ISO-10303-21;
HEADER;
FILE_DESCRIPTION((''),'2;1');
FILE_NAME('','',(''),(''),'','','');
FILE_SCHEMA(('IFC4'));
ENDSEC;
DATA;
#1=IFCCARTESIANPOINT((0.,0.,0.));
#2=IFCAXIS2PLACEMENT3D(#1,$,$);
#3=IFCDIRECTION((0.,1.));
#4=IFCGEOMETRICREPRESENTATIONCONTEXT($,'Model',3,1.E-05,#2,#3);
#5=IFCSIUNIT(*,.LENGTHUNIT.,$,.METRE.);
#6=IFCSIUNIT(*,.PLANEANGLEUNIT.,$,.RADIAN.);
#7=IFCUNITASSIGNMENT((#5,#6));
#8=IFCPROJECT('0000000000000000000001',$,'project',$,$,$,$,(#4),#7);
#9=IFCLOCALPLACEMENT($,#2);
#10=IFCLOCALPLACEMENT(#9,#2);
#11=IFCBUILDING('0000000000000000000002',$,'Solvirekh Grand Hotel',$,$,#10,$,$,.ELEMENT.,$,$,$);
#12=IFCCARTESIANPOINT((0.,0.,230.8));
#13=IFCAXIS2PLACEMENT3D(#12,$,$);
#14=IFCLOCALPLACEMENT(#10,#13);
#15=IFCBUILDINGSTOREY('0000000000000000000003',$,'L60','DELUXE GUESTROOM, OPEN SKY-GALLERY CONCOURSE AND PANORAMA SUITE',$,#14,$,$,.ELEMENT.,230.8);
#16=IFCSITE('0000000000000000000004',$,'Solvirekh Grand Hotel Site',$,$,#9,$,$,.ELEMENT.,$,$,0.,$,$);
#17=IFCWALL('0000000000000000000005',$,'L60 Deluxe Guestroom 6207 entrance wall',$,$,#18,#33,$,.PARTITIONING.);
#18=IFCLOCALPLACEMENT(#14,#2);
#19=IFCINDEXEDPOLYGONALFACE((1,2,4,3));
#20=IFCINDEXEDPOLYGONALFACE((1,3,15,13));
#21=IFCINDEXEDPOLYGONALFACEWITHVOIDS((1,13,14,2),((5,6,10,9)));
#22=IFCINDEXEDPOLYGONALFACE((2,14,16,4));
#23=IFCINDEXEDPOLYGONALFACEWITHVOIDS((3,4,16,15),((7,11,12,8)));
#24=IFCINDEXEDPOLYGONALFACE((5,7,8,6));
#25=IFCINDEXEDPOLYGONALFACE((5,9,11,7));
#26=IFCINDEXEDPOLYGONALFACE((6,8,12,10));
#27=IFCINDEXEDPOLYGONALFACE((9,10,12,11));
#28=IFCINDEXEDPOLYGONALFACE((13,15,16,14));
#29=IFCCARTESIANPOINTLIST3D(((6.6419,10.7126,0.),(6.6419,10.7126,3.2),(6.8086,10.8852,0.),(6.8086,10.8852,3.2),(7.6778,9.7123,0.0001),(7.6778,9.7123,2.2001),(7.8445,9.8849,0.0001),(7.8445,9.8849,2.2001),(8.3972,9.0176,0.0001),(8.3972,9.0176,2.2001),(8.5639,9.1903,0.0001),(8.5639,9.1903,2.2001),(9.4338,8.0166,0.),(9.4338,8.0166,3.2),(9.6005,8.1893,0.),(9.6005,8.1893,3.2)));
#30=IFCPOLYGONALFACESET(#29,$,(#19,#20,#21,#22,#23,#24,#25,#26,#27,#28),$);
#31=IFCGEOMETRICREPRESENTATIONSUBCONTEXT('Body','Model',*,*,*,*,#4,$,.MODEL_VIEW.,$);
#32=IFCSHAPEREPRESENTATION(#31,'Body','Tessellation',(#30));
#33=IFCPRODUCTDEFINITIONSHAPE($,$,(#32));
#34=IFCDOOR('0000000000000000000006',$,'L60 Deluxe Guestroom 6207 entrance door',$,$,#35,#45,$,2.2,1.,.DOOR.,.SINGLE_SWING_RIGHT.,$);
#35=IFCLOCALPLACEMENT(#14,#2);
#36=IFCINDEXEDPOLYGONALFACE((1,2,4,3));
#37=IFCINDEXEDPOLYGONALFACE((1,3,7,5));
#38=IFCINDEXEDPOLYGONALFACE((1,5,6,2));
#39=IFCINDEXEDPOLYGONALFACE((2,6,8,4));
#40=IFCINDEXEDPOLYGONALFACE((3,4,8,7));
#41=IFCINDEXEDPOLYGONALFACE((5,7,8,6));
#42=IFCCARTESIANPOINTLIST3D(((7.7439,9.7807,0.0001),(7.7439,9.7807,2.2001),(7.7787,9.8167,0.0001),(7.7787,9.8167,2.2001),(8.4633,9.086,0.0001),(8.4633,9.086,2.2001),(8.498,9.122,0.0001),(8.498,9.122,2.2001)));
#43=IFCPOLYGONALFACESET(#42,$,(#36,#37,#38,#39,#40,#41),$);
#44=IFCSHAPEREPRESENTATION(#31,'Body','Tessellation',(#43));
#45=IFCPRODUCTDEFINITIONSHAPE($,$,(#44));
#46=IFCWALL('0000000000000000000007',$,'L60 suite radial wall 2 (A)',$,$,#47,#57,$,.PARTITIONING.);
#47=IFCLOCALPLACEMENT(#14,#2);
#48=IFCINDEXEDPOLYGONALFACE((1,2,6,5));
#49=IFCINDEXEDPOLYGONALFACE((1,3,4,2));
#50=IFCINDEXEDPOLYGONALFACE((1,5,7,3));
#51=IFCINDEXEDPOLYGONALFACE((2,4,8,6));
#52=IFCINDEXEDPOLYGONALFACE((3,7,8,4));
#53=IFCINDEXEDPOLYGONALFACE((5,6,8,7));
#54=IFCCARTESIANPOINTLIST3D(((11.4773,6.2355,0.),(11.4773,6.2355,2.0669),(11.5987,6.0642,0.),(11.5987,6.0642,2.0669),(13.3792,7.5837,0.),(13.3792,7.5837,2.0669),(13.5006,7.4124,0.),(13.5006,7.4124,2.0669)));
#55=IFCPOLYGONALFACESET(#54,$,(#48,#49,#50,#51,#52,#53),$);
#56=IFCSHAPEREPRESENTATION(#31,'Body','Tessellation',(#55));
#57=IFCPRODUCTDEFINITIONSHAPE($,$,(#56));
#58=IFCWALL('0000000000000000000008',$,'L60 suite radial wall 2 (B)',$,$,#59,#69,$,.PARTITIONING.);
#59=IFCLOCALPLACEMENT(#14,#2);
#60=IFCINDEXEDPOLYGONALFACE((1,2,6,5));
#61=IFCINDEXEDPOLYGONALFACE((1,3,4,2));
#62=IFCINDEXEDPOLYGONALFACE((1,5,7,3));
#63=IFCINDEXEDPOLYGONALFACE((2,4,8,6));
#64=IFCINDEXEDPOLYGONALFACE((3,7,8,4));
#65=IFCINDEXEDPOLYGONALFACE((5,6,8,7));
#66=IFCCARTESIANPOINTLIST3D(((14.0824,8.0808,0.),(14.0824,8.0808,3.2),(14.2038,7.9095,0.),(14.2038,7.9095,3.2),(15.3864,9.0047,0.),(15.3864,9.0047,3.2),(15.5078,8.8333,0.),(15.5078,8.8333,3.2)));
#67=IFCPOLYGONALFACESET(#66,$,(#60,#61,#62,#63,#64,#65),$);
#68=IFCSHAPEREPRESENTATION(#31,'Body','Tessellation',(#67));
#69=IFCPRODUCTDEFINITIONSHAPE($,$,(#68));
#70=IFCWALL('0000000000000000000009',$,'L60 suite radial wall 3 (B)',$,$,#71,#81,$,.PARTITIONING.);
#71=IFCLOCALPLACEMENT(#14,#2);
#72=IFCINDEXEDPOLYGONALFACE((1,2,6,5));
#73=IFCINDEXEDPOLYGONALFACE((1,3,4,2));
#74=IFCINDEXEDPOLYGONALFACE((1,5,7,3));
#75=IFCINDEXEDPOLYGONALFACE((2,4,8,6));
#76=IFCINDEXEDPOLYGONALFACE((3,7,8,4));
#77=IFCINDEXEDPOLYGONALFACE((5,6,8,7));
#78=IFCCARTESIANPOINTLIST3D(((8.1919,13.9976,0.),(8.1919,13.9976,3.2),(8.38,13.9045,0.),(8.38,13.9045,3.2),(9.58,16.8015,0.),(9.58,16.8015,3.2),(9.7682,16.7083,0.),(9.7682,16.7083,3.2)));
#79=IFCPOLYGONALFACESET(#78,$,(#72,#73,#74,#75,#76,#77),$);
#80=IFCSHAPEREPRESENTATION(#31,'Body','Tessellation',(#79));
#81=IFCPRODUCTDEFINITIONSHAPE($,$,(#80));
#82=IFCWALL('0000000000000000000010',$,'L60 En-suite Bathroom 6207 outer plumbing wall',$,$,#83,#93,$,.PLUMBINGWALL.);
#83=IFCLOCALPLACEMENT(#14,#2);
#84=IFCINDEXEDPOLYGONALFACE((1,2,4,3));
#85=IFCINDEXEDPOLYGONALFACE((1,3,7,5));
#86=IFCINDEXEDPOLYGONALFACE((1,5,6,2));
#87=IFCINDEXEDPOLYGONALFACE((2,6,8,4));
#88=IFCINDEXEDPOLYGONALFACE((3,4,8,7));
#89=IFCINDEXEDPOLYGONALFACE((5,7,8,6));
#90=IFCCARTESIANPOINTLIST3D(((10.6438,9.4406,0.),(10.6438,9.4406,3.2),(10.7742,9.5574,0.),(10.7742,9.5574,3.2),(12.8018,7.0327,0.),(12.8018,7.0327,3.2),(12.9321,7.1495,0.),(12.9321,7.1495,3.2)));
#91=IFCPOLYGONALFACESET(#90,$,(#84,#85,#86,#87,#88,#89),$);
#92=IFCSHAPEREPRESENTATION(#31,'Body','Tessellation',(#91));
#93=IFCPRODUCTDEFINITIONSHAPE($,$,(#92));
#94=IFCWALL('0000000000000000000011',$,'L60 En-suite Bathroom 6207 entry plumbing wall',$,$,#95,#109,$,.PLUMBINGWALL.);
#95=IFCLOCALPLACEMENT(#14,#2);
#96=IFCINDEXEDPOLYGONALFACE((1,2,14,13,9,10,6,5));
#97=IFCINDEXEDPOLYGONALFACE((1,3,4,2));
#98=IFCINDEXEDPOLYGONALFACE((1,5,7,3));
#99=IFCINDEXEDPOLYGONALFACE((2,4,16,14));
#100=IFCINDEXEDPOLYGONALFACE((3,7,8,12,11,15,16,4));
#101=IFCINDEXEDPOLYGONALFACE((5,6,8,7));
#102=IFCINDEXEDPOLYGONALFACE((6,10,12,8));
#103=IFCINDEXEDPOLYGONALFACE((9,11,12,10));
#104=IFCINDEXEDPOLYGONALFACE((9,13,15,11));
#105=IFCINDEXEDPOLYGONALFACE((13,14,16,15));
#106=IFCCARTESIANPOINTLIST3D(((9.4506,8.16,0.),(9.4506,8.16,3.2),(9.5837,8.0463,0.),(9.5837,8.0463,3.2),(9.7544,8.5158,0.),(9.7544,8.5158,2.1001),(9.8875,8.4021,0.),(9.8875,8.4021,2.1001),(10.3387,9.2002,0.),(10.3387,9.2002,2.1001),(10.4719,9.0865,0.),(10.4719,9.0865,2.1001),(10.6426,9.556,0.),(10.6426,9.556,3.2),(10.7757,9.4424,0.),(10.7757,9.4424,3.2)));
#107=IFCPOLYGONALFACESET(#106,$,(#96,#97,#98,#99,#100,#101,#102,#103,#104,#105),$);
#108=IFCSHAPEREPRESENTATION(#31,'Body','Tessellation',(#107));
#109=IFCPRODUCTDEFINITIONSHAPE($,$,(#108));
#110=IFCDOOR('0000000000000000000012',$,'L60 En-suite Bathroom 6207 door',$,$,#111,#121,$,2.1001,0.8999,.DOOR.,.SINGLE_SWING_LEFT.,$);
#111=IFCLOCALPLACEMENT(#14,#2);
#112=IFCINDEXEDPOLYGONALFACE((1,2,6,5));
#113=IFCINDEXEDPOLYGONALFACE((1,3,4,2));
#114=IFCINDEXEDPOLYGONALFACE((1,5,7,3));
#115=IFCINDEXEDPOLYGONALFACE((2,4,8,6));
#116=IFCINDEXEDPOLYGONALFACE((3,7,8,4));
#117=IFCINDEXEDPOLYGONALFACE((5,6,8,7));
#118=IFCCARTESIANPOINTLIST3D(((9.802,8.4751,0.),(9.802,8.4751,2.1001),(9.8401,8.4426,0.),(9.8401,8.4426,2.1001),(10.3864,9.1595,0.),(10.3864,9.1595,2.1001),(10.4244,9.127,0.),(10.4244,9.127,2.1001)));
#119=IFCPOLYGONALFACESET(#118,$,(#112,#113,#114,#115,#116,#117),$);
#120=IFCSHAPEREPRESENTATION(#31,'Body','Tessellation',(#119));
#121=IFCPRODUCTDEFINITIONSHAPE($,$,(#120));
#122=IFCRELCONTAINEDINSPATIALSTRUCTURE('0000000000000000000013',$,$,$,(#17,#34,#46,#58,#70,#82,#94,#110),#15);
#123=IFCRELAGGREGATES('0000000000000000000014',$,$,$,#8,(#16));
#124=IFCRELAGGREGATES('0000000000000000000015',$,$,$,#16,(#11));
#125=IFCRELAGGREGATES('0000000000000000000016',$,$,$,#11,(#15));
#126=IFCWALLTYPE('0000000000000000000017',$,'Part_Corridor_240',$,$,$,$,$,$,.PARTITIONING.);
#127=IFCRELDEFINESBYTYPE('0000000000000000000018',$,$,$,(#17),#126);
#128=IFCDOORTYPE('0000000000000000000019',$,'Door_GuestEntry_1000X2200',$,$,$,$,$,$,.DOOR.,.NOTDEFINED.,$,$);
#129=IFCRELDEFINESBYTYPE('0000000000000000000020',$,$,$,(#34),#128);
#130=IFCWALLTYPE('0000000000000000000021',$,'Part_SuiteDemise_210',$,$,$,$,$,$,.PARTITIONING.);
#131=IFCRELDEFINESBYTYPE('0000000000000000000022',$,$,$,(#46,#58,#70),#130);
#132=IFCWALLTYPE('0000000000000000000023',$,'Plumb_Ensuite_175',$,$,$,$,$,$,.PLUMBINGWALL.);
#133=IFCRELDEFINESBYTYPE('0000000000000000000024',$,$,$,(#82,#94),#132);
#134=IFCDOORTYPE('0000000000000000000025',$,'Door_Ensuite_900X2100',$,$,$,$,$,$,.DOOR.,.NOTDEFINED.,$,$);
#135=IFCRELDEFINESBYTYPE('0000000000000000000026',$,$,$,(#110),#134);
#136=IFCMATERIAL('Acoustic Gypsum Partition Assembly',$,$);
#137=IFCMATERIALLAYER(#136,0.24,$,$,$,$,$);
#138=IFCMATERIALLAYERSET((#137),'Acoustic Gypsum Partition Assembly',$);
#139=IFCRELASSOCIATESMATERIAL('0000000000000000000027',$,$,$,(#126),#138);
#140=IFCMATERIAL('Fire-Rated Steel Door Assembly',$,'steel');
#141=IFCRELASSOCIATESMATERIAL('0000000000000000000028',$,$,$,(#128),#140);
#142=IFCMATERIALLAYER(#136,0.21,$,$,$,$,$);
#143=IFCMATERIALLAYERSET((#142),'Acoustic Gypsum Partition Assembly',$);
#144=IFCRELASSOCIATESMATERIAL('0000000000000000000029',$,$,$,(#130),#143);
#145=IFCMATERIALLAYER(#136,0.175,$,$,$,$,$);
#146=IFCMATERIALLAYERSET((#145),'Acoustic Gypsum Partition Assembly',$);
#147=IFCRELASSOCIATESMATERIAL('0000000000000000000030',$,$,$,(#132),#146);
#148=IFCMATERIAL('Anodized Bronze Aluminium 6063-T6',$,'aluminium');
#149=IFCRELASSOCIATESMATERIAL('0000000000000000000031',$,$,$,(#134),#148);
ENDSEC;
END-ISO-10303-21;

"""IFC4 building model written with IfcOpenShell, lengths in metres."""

from ifc_helpers import new_model, si_unit, direction, frame, frame_2d, origin, place, context, subcontext, project, spatial, rectangle, extrude, material, layer, layer_set, type_object, element, fill, save


model = new_model("IFC4")

# Units and contexts
model_context = context("Model", 3, precision=1e-05, world=origin(), true_north=direction((0.0, 1.0)))
body_context = subcontext(model_context, "Body", "Model", "MODEL_VIEW")
ifc_project = project(units=[si_unit("LENGTHUNIT", "METRE"), si_unit("PLANEANGLEUNIT", "RADIAN")], contexts=[model_context])

# Site, building, storey
site_placement = place(None, origin())
site = spatial("IfcSite", under=ifc_project, at=site_placement, Name="Solvirekh Grand Hotel Site", CompositionType="ELEMENT", RefElevation=0.0)
building_placement = place(site_placement, origin())
building = spatial("IfcBuilding", under=site, at=building_placement, Name="Solvirekh Grand Hotel", CompositionType="ELEMENT")
storey_placement = place(building_placement, frame((0.0, 0.0, 230.8)))
storey = spatial("IfcBuildingStorey", under=building, at=storey_placement, Name="L60", Description="DELUXE GUESTROOM, OPEN SKY-GALLERY CONCOURSE AND PANORAMA SUITE", CompositionType="ELEMENT", Elevation=230.8)

# Shared definitions
ifc_material_1 = material(Name="Anodized Bronze Aluminium 6063-T6", Category="aluminium")

# Shared definitions
ifc_material_2 = material(Name="Acoustic Gypsum Partition Assembly")
ifc_layer_1 = layer(ifc_material_2, 0.24)
ifc_layer_set_1 = layer_set([ifc_layer_1], Name="Acoustic Gypsum Partition Assembly")
wall_type_1 = type_object("IfcWallType", Name="Part_Corridor_240", PredefinedType="PARTITIONING", material=ifc_layer_set_1)

# Wall, opening, door
wall_1_placement = place(storey_placement, frame((9.5171, 8.103, 0.0), z_axis=(0.0, 0.0, 1.0), x_axis=(-0.719359, 0.694638, 0.0)))
wall_1 = element("IfcWall", 1, at=wall_1_placement, inside=storey, type_object=wall_type_1, Name="L60 Deluxe Guestroom 6207 entrance wall", PredefinedType="PARTITIONING", context=body_context, shape_type="SweptSolid", body=[
    extrude(rectangle(XDim=3.8811, YDim=0.24, at=frame_2d((1.9404, 0.0))), origin(), (0.0, 0.0, 1.0), 3.2),
])
opening_1_placement = place(wall_1_placement, frame((1.4409, 0.0, 0.0)))
opening_1 = element("IfcOpeningElement", 2, at=opening_1_placement, cuts=wall_1, PredefinedType="OPENING", context=body_context, shape_type="SweptSolid", body=[
    extrude(rectangle(XDim=1.0, YDim=2.2, at=frame_2d((0.5, 1.1001))), frame((0.0, 0.1299, 0.0), z_axis=(0.0, -1.0, 0.0), x_axis=(1.0, 0.0, 0.0)), (0.0, 0.0, 1.0), 0.26),
])
ifc_material_3 = material(Name="Fire-Rated Steel Door Assembly", Category="steel")
door_type_1 = type_object("IfcDoorType", Name="Door_GuestEntry_1000X2200", OperationType="NOTDEFINED", PredefinedType="DOOR", material=ifc_material_3)
door_1_placement = place(opening_1_placement, origin())
door_1 = element("IfcDoor", 3, at=door_1_placement, inside=storey, type_object=door_type_1, Name="L60 Deluxe Guestroom 6207 entrance door", OperationType="SINGLE_SWING_RIGHT", OverallHeight=2.2, OverallWidth=1.0, PredefinedType="DOOR", context=body_context, shape_type="SweptSolid", body=[
    extrude(rectangle(XDim=1.0, YDim=2.2, at=frame_2d((0.5, 1.1001))), frame((0.0, 0.0249, 0.0), z_axis=(0.0, -1.0, 0.0), x_axis=(1.0, 0.0, 0.0)), (0.0, 0.0, 1.0), 0.05),
])
fill(opening_1, door_1)

# Walls
ifc_layer_2 = layer(ifc_material_2, 0.21)
ifc_layer_set_2 = layer_set([ifc_layer_2], Name="Acoustic Gypsum Partition Assembly")
wall_type_2 = type_object("IfcWallType", Name="Part_SuiteDemise_210", PredefinedType="PARTITIONING", material=ifc_layer_set_2)
wall_2_placement = place(storey_placement, frame((11.5381, 6.1499, 0.0), z_axis=(0.0, 0.0, 1.0), x_axis=(0.815823, 0.578302, 0.0)))
element("IfcWall", 4, at=wall_2_placement, inside=storey, type_object=wall_type_2, Name="L60 suite radial wall 2 (A)", PredefinedType="PARTITIONING", context=body_context, shape_type="SweptSolid", body=[
    extrude(rectangle(XDim=2.3313, YDim=0.21, at=frame_2d((1.1655, 0.0))), origin(), (0.0, 0.0, 1.0), 2.0669),
])
wall_3_placement = place(storey_placement, frame((14.1431, 7.9951, 0.0), z_axis=(0.0, 0.0, 1.0), x_axis=(0.815967, 0.578098, 0.0)))
element("IfcWall", 5, at=wall_3_placement, inside=storey, type_object=wall_type_2, Name="L60 suite radial wall 2 (B)", PredefinedType="PARTITIONING", context=body_context, shape_type="SweptSolid", body=[
    extrude(rectangle(XDim=1.5981, YDim=0.21, at=frame_2d((0.7991, 0.0))), origin(), (0.0, 0.0, 1.0), 3.2),
])
wall_4_placement = place(storey_placement, frame((8.2859, 13.9509, 0.0), z_axis=(0.0, 0.0, 1.0), x_axis=(0.443683, 0.896184, 0.0)))
element("IfcWall", 6, at=wall_4_placement, inside=storey, type_object=wall_type_2, Name="L60 suite radial wall 3 (B)", PredefinedType="PARTITIONING", context=body_context, shape_type="SweptSolid", body=[
    extrude(rectangle(XDim=3.1287, YDim=0.21, at=frame_2d((1.5645, 0.0))), origin(), (0.0, 0.0, 1.0), 3.2),
])
ifc_layer_3 = layer(ifc_material_2, 0.175)
ifc_layer_set_3 = layer_set([ifc_layer_3], Name="Acoustic Gypsum Partition Assembly")
wall_type_3 = type_object("IfcWallType", Name="Plumb_Ensuite_175", PredefinedType="PLUMBINGWALL", material=ifc_layer_set_3)
wall_5_placement = place(storey_placement, frame((12.8669, 7.0911, 0.0), z_axis=(0.0, 0.0, 1.0), x_axis=(-0.667391, 0.744708, 0.0)))
element("IfcWall", 7, at=wall_5_placement, inside=storey, type_object=wall_type_3, Name="L60 En-suite Bathroom 6207 outer plumbing wall", PredefinedType="PLUMBINGWALL", context=body_context, shape_type="SweptSolid", body=[
    extrude(rectangle(XDim=3.2334, YDim=0.175, at=frame_2d((1.6167, 0.0))), origin(), (0.0, 0.0, 1.0), 3.2),
])

# Wall, opening, door
wall_6_placement = place(storey_placement, frame((9.5171, 8.103, 0.0), z_axis=(0.0, 0.0, 1.0), x_axis=(0.649322, 0.760513, 0.0)))
wall_6 = element("IfcWall", 8, at=wall_6_placement, inside=storey, type_object=wall_type_3, Name="L60 En-suite Bathroom 6207 entry plumbing wall", PredefinedType="PLUMBINGWALL", context=body_context, shape_type="SweptSolid", body=[
    extrude(rectangle(XDim=1.8357, YDim=0.175, at=frame_2d((0.918, 0.0))), origin(), (0.0, 0.0, 1.0), 3.2),
])
opening_2_placement = place(wall_6_placement, frame((0.468, 0.0, 0.0)))
opening_2 = element("IfcOpeningElement", 9, at=opening_2_placement, cuts=wall_6, PredefinedType="OPENING", context=body_context, shape_type="SweptSolid", body=[
    extrude(rectangle(XDim=0.8999, YDim=2.1001, at=frame_2d((0.45, 1.05))), frame((0.0, 0.0977, 0.0), z_axis=(0.0, -1.0, 0.0), x_axis=(1.0, 0.0, 0.0)), (0.0, 0.0, 1.0), 0.1951),
])
door_type_2 = type_object("IfcDoorType", Name="Door_Ensuite_900X2100", OperationType="NOTDEFINED", PredefinedType="DOOR", material=ifc_material_1)
door_2_placement = place(opening_2_placement, origin())
door_2 = element("IfcDoor", 10, at=door_2_placement, inside=storey, type_object=door_type_2, Name="L60 En-suite Bathroom 6207 door", OperationType="SINGLE_SWING_LEFT", OverallHeight=2.1001, OverallWidth=0.8999, PredefinedType="DOOR", context=body_context, shape_type="SweptSolid", body=[
    extrude(rectangle(XDim=0.8999, YDim=2.1001, at=frame_2d((0.45, 1.05))), frame((0.0, 0.0249, 0.0), z_axis=(0.0, -1.0, 0.0), x_axis=(1.0, 0.0, 0.0)), (0.0, 0.0, 1.0), 0.05),
])
fill(opening_2, door_2)

save(model, "model.ifc")
